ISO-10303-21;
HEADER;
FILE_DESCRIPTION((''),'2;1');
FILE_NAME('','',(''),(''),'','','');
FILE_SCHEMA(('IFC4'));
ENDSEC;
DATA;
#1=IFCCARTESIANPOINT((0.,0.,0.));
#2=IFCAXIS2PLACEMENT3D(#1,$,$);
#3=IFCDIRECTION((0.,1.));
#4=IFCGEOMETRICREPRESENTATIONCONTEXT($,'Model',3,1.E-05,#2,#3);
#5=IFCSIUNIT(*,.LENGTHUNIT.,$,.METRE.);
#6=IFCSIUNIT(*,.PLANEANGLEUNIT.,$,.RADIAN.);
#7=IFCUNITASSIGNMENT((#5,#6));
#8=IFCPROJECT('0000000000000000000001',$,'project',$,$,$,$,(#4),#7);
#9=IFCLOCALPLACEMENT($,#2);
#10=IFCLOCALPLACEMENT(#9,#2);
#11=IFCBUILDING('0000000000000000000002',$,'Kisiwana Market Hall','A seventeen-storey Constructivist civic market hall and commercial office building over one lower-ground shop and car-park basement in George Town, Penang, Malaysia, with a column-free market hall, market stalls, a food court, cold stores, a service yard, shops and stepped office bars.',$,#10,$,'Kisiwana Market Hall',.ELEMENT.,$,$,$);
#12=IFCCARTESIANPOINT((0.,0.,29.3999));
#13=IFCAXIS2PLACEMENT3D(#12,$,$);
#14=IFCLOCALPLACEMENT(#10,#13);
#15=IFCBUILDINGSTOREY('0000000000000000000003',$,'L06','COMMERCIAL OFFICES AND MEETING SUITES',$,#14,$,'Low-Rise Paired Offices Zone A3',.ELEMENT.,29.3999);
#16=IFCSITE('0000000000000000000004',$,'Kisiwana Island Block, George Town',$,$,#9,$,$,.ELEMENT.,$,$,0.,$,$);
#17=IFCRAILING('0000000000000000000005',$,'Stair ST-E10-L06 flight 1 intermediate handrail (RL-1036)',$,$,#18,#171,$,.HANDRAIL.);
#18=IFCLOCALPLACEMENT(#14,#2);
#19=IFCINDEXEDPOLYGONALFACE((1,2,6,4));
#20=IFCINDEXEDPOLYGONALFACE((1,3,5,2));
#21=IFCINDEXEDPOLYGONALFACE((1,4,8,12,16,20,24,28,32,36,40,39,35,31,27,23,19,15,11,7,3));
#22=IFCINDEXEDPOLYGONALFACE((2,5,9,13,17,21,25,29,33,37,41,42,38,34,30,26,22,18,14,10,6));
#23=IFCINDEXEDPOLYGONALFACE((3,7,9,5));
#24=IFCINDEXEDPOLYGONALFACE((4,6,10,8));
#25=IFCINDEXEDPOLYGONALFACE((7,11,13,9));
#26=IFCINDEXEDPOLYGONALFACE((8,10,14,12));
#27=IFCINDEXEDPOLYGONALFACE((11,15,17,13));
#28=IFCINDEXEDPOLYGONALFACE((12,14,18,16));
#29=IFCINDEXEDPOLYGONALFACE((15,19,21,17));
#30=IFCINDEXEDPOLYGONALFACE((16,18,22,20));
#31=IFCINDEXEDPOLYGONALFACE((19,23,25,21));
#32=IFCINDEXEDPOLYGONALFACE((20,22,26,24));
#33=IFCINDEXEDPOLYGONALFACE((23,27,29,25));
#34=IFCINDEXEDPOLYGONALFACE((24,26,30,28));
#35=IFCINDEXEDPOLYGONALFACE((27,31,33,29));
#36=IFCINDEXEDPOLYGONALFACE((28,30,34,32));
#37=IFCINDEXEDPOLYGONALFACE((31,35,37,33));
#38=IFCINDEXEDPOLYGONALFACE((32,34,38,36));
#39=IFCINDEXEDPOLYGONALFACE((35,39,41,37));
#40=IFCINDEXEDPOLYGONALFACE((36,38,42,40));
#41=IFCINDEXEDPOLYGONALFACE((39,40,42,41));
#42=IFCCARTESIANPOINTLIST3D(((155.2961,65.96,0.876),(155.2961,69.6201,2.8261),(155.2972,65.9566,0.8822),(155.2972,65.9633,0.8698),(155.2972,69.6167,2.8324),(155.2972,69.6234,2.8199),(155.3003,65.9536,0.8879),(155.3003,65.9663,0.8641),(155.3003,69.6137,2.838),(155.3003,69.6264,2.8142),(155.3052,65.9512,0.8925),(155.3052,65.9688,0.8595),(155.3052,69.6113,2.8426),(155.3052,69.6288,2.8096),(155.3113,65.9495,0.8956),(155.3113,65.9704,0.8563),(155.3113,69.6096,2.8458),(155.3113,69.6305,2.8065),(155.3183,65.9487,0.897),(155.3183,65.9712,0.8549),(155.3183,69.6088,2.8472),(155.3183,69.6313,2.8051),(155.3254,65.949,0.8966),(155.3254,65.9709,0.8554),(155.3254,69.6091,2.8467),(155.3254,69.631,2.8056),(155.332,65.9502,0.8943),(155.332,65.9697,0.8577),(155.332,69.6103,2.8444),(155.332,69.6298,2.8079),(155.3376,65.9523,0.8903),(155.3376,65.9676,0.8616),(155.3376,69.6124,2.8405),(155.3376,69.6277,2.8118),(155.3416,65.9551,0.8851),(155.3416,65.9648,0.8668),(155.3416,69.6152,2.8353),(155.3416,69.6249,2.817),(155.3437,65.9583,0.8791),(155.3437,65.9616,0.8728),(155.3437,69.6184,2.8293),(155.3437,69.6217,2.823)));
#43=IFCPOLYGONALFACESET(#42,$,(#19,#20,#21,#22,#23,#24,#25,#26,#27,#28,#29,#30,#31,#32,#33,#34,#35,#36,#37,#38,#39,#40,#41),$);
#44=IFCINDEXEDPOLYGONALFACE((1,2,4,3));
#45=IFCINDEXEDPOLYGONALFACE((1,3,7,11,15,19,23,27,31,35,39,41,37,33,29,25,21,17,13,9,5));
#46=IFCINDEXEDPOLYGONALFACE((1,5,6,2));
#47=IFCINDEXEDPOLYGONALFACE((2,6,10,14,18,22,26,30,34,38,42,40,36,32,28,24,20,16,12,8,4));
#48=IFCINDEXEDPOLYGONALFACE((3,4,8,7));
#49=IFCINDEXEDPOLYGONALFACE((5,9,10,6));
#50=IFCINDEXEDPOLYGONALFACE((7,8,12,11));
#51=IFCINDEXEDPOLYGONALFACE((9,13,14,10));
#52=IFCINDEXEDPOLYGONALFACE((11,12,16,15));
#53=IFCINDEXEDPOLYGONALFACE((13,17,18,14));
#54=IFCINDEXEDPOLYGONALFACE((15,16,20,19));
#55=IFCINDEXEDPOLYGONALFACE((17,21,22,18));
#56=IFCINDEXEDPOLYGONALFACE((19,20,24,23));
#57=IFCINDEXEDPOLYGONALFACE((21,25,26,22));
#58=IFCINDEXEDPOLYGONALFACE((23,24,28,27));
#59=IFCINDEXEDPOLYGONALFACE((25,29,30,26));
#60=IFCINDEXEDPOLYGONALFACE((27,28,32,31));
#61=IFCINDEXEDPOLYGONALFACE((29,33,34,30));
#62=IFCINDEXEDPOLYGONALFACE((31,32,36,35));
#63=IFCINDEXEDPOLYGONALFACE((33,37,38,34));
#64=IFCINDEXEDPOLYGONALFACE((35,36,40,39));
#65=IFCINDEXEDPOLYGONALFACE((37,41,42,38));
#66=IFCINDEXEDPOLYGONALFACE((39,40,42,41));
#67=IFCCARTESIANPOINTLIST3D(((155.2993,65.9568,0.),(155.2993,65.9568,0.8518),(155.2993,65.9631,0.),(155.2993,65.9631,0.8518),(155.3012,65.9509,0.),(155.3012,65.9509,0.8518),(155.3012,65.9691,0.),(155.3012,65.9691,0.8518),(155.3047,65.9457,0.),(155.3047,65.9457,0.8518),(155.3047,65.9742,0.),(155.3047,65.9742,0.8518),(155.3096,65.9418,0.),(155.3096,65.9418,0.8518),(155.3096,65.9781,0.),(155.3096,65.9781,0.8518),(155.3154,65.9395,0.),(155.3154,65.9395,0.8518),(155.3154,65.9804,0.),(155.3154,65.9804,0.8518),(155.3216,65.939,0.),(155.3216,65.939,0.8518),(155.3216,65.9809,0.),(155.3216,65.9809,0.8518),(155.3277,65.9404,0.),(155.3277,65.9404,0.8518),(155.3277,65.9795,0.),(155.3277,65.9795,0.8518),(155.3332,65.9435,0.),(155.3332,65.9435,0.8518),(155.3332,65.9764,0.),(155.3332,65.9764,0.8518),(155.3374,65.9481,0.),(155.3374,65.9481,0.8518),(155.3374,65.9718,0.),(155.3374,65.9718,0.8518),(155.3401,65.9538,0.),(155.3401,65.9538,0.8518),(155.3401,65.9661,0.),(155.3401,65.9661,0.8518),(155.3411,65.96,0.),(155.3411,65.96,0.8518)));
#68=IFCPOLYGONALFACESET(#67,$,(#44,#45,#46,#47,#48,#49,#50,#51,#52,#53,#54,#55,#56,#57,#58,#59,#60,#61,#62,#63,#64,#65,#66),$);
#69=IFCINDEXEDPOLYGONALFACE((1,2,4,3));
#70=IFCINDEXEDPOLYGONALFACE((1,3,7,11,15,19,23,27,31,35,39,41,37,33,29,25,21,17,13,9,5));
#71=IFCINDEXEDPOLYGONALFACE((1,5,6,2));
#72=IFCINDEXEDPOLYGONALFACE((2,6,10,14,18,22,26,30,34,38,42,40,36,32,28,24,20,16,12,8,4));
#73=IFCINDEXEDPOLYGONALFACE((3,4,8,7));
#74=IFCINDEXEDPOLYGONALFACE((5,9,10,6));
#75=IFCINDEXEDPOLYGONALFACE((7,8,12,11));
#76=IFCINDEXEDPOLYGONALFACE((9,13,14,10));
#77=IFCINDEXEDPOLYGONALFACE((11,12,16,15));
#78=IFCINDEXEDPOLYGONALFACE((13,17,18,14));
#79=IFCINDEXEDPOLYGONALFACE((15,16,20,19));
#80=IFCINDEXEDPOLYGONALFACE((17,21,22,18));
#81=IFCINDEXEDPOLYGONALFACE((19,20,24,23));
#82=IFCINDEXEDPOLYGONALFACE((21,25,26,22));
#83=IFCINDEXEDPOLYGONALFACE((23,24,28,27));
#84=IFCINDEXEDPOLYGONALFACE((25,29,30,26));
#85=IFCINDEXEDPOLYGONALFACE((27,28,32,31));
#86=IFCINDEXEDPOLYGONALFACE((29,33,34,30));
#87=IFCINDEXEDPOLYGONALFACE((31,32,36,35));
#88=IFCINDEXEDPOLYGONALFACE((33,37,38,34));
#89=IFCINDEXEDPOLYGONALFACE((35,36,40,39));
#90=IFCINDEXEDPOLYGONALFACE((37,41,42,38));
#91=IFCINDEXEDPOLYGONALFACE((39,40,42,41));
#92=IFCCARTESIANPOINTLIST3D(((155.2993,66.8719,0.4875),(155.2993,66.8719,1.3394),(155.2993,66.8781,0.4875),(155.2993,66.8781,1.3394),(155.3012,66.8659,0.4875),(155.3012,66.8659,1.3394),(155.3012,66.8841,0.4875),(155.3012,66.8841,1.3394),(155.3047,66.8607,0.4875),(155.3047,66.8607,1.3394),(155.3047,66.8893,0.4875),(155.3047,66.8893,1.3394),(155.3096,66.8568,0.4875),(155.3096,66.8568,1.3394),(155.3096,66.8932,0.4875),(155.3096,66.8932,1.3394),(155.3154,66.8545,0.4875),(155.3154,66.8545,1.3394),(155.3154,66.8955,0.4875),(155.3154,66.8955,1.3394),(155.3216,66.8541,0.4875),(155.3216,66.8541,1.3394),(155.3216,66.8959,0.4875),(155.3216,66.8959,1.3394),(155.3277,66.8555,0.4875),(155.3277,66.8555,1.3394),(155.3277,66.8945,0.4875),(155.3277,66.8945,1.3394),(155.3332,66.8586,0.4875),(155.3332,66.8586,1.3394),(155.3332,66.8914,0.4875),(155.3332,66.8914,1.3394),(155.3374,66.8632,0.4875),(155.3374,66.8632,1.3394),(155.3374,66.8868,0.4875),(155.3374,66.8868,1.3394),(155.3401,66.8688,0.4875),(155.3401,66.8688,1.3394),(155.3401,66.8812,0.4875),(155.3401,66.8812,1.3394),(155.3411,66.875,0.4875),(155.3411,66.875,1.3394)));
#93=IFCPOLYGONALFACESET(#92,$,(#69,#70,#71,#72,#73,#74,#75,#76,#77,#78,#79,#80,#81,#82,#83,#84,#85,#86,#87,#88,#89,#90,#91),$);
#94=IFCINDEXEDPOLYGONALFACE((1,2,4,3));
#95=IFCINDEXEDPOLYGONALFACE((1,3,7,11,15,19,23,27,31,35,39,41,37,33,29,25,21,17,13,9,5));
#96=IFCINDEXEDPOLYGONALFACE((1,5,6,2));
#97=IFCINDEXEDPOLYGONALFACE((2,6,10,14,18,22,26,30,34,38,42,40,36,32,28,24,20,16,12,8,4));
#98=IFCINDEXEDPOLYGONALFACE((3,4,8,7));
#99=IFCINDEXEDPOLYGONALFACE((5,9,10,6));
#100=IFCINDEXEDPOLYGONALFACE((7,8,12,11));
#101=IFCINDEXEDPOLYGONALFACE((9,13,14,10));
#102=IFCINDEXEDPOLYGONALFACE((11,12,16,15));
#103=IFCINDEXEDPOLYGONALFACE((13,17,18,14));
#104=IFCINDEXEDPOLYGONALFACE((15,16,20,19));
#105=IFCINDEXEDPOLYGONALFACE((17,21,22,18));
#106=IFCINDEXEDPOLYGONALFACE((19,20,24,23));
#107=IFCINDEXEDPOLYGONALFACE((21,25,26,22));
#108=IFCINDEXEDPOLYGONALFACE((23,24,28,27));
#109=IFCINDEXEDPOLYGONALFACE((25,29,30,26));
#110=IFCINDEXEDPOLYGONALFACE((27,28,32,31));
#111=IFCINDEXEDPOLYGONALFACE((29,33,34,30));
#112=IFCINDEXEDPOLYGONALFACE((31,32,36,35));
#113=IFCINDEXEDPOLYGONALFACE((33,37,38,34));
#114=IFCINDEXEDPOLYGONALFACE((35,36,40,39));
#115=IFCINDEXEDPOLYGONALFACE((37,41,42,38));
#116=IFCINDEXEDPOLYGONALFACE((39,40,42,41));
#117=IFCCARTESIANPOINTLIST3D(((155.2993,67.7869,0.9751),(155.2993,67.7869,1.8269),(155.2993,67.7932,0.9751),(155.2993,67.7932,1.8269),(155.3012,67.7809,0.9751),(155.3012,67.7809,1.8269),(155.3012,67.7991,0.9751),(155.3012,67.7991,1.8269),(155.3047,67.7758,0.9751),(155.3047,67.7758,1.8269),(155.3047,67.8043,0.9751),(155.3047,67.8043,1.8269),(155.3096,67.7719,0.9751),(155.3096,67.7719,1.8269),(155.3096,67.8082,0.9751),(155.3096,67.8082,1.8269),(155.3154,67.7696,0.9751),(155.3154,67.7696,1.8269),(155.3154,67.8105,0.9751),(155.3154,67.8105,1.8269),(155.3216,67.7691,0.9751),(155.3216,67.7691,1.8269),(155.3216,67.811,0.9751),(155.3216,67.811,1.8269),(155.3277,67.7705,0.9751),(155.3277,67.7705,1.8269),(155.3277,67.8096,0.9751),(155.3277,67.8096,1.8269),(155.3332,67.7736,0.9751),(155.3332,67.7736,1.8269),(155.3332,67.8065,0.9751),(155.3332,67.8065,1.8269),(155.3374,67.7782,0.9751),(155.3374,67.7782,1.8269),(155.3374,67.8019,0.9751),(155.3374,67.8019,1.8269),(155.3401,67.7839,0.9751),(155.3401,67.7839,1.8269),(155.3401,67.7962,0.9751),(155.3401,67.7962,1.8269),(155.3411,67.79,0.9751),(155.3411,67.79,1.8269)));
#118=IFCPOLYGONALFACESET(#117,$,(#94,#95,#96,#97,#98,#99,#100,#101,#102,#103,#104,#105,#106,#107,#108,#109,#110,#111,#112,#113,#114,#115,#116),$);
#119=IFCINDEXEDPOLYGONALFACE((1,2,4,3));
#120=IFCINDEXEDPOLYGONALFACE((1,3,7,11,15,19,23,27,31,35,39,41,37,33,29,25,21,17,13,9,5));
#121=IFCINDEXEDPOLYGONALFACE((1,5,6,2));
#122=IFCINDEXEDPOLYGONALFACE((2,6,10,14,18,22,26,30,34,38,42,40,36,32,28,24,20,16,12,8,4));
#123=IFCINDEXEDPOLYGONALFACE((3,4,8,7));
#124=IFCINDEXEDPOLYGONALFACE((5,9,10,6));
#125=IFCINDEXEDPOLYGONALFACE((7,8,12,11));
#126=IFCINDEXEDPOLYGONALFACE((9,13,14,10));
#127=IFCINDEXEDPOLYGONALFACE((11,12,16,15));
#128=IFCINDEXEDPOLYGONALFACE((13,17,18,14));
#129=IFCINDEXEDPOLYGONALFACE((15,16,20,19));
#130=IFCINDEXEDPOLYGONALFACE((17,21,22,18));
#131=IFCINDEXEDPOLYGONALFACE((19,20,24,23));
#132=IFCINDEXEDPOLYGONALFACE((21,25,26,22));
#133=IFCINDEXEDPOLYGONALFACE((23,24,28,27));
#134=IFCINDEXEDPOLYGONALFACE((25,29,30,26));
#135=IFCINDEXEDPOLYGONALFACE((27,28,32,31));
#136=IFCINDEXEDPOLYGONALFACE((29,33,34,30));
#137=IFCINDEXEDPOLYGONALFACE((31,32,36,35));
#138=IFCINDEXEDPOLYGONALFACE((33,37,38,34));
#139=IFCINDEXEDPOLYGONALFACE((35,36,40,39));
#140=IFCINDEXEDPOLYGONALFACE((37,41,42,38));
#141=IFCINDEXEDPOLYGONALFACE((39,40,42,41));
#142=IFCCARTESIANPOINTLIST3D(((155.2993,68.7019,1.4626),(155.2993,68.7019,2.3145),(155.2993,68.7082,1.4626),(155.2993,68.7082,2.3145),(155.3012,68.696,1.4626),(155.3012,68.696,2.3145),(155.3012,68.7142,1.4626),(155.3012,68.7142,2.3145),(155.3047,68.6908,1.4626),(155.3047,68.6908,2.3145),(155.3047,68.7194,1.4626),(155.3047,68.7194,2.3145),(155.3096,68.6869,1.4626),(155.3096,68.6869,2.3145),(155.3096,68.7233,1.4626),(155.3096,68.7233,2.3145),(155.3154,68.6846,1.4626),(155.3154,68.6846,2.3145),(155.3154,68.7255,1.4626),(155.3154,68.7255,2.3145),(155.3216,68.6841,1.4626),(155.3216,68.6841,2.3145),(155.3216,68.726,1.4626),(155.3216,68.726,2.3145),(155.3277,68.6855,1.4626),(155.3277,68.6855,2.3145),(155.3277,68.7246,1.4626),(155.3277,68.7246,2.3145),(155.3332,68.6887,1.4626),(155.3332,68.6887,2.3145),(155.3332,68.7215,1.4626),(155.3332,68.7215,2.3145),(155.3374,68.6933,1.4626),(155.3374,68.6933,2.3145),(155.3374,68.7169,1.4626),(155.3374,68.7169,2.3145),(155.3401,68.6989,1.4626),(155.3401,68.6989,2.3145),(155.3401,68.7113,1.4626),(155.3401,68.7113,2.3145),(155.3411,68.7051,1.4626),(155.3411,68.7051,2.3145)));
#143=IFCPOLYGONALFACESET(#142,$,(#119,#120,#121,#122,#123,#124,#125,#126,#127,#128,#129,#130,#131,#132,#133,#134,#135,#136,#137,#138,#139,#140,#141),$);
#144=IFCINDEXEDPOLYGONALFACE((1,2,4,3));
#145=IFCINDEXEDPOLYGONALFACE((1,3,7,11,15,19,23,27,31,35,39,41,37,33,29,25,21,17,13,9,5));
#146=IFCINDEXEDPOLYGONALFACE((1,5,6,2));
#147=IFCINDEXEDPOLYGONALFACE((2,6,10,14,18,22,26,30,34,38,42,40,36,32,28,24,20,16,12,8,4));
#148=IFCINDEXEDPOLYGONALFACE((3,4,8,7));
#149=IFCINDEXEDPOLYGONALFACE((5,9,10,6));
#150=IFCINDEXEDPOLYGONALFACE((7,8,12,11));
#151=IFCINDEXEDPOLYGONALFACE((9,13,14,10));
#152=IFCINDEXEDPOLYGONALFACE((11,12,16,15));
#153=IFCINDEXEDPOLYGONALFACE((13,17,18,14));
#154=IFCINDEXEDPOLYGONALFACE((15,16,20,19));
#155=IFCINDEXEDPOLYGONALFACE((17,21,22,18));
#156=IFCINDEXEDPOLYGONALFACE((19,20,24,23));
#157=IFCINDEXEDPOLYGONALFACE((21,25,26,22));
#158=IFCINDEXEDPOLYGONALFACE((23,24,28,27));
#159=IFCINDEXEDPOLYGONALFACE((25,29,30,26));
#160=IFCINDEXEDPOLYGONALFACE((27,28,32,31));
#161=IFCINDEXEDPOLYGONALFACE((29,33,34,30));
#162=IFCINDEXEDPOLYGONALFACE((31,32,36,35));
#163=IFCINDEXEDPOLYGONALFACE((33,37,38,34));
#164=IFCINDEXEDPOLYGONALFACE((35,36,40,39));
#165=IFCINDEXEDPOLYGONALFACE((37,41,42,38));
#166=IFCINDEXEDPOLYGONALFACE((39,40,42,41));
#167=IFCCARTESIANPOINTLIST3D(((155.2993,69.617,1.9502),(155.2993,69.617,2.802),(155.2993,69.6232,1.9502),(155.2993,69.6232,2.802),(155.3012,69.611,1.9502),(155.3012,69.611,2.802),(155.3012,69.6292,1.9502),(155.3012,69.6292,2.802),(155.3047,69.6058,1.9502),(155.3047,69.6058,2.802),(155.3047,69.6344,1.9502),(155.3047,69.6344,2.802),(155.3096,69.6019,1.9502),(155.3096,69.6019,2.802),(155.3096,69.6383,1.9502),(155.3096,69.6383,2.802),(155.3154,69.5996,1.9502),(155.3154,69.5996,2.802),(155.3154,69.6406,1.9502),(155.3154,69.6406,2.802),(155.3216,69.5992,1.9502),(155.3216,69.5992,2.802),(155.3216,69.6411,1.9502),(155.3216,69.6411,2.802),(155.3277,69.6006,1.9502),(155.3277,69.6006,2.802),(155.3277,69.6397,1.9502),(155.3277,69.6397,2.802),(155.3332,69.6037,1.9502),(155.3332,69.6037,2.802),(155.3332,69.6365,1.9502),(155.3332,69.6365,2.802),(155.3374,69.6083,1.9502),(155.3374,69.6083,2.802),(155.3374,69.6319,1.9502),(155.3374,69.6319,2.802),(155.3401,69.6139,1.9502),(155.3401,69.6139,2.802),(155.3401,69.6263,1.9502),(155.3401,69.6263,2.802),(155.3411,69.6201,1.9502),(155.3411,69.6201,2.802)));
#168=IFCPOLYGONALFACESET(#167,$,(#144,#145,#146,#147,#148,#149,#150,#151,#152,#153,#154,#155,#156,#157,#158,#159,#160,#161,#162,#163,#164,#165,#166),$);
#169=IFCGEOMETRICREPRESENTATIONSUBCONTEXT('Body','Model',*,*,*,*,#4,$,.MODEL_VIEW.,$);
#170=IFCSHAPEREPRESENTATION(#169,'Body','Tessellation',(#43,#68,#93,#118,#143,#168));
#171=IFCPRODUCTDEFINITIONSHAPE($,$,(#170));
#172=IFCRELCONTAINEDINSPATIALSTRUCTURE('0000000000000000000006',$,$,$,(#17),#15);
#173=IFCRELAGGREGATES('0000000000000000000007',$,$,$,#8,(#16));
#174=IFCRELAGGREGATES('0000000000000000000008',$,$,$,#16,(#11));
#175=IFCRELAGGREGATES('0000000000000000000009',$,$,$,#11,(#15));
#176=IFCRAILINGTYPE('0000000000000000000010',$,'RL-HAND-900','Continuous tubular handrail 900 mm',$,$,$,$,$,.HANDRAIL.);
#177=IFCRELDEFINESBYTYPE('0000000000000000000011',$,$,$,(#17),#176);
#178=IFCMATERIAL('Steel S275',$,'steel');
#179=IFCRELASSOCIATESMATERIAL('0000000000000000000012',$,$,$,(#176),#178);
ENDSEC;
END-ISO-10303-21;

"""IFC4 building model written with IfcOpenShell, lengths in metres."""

from ifc_helpers import new_model, si_unit, direction, frame, origin, origin_2d, place, context, subcontext, project, spatial, circle, extrude, material, type_object, element, save


model = new_model("IFC4")

# Units and contexts
model_context = context("Model", 3, precision=1e-05, world=origin(), true_north=direction((0.0, 1.0)))
body_context = subcontext(model_context, "Body", "Model", "MODEL_VIEW")
ifc_project = project(units=[si_unit("LENGTHUNIT", "METRE"), si_unit("PLANEANGLEUNIT", "RADIAN")], contexts=[model_context])

# Site, building, storey
site_placement = place(None, origin())
site = spatial("IfcSite", under=ifc_project, at=site_placement, Name="Kisiwana Island Block, George Town", CompositionType="ELEMENT", RefElevation=0.0)
building_placement = place(site_placement, origin())
building = spatial("IfcBuilding", under=site, at=building_placement, Name="Kisiwana Market Hall", Description="A seventeen-storey Constructivist civic market hall and commercial office building over one lower-ground shop and car-park basement in George Town, Penang, Malaysia, with a column-free market hall, market stalls, a food court, cold stores, a service yard, shops and stepped office bars.", LongName="Kisiwana Market Hall", CompositionType="ELEMENT")
storey_placement = place(building_placement, frame((0.0, 0.0, 29.3999)))
storey = spatial("IfcBuildingStorey", under=building, at=storey_placement, Name="L06", Description="COMMERCIAL OFFICES AND MEETING SUITES", LongName="Low-Rise Paired Offices Zone A3", CompositionType="ELEMENT", Elevation=29.3999)

# Railing
ifc_material_1 = material(Name="Steel S275", Category="steel")
railing_type_1 = type_object("IfcRailingType", Name="RL-HAND-900", Description="Continuous tubular handrail 900 mm", PredefinedType="HANDRAIL", material=ifc_material_1)
for number, where, name in (
    (1, (155.3201, 65.96, 0.0), "Stair ST-E10-L06 flight 1 intermediate handrail (RL-1036)"),
):
    element("IfcRailing", number, at=place(storey_placement, frame(where)), inside=storey, type_object=railing_type_1, Name=name, PredefinedType="HANDRAIL", context=body_context, shape_type="SweptSolid", body=[
        extrude(circle(Radius=0.0239, at=origin_2d()), frame((0.0, 0.0, 0.876), z_axis=(0.0, 0.882542, 0.470234), x_axis=(-1.0, 0.0, 0.0)), (0.0, 0.0, 1.0), 4.1472),
        extrude(circle(Radius=0.021, at=origin_2d()), origin(), (0.0, 0.0, 1.0), 0.8518),
        extrude(circle(Radius=0.021, at=origin_2d()), frame((0.0, 0.915, 0.4875)), (0.0, 0.0, 1.0), 0.8518),
        extrude(circle(Radius=0.021, at=origin_2d()), frame((0.0, 1.8301, 0.9751)), (0.0, 0.0, 1.0), 0.8518),
        extrude(circle(Radius=0.021, at=origin_2d()), frame((0.0, 2.7451, 1.4626)), (0.0, 0.0, 1.0), 0.8518),
        extrude(circle(Radius=0.021, at=origin_2d()), frame((0.0, 3.6602, 1.9502)), (0.0, 0.0, 1.0), 0.8518),
    ])

save(model, "model.ifc")
